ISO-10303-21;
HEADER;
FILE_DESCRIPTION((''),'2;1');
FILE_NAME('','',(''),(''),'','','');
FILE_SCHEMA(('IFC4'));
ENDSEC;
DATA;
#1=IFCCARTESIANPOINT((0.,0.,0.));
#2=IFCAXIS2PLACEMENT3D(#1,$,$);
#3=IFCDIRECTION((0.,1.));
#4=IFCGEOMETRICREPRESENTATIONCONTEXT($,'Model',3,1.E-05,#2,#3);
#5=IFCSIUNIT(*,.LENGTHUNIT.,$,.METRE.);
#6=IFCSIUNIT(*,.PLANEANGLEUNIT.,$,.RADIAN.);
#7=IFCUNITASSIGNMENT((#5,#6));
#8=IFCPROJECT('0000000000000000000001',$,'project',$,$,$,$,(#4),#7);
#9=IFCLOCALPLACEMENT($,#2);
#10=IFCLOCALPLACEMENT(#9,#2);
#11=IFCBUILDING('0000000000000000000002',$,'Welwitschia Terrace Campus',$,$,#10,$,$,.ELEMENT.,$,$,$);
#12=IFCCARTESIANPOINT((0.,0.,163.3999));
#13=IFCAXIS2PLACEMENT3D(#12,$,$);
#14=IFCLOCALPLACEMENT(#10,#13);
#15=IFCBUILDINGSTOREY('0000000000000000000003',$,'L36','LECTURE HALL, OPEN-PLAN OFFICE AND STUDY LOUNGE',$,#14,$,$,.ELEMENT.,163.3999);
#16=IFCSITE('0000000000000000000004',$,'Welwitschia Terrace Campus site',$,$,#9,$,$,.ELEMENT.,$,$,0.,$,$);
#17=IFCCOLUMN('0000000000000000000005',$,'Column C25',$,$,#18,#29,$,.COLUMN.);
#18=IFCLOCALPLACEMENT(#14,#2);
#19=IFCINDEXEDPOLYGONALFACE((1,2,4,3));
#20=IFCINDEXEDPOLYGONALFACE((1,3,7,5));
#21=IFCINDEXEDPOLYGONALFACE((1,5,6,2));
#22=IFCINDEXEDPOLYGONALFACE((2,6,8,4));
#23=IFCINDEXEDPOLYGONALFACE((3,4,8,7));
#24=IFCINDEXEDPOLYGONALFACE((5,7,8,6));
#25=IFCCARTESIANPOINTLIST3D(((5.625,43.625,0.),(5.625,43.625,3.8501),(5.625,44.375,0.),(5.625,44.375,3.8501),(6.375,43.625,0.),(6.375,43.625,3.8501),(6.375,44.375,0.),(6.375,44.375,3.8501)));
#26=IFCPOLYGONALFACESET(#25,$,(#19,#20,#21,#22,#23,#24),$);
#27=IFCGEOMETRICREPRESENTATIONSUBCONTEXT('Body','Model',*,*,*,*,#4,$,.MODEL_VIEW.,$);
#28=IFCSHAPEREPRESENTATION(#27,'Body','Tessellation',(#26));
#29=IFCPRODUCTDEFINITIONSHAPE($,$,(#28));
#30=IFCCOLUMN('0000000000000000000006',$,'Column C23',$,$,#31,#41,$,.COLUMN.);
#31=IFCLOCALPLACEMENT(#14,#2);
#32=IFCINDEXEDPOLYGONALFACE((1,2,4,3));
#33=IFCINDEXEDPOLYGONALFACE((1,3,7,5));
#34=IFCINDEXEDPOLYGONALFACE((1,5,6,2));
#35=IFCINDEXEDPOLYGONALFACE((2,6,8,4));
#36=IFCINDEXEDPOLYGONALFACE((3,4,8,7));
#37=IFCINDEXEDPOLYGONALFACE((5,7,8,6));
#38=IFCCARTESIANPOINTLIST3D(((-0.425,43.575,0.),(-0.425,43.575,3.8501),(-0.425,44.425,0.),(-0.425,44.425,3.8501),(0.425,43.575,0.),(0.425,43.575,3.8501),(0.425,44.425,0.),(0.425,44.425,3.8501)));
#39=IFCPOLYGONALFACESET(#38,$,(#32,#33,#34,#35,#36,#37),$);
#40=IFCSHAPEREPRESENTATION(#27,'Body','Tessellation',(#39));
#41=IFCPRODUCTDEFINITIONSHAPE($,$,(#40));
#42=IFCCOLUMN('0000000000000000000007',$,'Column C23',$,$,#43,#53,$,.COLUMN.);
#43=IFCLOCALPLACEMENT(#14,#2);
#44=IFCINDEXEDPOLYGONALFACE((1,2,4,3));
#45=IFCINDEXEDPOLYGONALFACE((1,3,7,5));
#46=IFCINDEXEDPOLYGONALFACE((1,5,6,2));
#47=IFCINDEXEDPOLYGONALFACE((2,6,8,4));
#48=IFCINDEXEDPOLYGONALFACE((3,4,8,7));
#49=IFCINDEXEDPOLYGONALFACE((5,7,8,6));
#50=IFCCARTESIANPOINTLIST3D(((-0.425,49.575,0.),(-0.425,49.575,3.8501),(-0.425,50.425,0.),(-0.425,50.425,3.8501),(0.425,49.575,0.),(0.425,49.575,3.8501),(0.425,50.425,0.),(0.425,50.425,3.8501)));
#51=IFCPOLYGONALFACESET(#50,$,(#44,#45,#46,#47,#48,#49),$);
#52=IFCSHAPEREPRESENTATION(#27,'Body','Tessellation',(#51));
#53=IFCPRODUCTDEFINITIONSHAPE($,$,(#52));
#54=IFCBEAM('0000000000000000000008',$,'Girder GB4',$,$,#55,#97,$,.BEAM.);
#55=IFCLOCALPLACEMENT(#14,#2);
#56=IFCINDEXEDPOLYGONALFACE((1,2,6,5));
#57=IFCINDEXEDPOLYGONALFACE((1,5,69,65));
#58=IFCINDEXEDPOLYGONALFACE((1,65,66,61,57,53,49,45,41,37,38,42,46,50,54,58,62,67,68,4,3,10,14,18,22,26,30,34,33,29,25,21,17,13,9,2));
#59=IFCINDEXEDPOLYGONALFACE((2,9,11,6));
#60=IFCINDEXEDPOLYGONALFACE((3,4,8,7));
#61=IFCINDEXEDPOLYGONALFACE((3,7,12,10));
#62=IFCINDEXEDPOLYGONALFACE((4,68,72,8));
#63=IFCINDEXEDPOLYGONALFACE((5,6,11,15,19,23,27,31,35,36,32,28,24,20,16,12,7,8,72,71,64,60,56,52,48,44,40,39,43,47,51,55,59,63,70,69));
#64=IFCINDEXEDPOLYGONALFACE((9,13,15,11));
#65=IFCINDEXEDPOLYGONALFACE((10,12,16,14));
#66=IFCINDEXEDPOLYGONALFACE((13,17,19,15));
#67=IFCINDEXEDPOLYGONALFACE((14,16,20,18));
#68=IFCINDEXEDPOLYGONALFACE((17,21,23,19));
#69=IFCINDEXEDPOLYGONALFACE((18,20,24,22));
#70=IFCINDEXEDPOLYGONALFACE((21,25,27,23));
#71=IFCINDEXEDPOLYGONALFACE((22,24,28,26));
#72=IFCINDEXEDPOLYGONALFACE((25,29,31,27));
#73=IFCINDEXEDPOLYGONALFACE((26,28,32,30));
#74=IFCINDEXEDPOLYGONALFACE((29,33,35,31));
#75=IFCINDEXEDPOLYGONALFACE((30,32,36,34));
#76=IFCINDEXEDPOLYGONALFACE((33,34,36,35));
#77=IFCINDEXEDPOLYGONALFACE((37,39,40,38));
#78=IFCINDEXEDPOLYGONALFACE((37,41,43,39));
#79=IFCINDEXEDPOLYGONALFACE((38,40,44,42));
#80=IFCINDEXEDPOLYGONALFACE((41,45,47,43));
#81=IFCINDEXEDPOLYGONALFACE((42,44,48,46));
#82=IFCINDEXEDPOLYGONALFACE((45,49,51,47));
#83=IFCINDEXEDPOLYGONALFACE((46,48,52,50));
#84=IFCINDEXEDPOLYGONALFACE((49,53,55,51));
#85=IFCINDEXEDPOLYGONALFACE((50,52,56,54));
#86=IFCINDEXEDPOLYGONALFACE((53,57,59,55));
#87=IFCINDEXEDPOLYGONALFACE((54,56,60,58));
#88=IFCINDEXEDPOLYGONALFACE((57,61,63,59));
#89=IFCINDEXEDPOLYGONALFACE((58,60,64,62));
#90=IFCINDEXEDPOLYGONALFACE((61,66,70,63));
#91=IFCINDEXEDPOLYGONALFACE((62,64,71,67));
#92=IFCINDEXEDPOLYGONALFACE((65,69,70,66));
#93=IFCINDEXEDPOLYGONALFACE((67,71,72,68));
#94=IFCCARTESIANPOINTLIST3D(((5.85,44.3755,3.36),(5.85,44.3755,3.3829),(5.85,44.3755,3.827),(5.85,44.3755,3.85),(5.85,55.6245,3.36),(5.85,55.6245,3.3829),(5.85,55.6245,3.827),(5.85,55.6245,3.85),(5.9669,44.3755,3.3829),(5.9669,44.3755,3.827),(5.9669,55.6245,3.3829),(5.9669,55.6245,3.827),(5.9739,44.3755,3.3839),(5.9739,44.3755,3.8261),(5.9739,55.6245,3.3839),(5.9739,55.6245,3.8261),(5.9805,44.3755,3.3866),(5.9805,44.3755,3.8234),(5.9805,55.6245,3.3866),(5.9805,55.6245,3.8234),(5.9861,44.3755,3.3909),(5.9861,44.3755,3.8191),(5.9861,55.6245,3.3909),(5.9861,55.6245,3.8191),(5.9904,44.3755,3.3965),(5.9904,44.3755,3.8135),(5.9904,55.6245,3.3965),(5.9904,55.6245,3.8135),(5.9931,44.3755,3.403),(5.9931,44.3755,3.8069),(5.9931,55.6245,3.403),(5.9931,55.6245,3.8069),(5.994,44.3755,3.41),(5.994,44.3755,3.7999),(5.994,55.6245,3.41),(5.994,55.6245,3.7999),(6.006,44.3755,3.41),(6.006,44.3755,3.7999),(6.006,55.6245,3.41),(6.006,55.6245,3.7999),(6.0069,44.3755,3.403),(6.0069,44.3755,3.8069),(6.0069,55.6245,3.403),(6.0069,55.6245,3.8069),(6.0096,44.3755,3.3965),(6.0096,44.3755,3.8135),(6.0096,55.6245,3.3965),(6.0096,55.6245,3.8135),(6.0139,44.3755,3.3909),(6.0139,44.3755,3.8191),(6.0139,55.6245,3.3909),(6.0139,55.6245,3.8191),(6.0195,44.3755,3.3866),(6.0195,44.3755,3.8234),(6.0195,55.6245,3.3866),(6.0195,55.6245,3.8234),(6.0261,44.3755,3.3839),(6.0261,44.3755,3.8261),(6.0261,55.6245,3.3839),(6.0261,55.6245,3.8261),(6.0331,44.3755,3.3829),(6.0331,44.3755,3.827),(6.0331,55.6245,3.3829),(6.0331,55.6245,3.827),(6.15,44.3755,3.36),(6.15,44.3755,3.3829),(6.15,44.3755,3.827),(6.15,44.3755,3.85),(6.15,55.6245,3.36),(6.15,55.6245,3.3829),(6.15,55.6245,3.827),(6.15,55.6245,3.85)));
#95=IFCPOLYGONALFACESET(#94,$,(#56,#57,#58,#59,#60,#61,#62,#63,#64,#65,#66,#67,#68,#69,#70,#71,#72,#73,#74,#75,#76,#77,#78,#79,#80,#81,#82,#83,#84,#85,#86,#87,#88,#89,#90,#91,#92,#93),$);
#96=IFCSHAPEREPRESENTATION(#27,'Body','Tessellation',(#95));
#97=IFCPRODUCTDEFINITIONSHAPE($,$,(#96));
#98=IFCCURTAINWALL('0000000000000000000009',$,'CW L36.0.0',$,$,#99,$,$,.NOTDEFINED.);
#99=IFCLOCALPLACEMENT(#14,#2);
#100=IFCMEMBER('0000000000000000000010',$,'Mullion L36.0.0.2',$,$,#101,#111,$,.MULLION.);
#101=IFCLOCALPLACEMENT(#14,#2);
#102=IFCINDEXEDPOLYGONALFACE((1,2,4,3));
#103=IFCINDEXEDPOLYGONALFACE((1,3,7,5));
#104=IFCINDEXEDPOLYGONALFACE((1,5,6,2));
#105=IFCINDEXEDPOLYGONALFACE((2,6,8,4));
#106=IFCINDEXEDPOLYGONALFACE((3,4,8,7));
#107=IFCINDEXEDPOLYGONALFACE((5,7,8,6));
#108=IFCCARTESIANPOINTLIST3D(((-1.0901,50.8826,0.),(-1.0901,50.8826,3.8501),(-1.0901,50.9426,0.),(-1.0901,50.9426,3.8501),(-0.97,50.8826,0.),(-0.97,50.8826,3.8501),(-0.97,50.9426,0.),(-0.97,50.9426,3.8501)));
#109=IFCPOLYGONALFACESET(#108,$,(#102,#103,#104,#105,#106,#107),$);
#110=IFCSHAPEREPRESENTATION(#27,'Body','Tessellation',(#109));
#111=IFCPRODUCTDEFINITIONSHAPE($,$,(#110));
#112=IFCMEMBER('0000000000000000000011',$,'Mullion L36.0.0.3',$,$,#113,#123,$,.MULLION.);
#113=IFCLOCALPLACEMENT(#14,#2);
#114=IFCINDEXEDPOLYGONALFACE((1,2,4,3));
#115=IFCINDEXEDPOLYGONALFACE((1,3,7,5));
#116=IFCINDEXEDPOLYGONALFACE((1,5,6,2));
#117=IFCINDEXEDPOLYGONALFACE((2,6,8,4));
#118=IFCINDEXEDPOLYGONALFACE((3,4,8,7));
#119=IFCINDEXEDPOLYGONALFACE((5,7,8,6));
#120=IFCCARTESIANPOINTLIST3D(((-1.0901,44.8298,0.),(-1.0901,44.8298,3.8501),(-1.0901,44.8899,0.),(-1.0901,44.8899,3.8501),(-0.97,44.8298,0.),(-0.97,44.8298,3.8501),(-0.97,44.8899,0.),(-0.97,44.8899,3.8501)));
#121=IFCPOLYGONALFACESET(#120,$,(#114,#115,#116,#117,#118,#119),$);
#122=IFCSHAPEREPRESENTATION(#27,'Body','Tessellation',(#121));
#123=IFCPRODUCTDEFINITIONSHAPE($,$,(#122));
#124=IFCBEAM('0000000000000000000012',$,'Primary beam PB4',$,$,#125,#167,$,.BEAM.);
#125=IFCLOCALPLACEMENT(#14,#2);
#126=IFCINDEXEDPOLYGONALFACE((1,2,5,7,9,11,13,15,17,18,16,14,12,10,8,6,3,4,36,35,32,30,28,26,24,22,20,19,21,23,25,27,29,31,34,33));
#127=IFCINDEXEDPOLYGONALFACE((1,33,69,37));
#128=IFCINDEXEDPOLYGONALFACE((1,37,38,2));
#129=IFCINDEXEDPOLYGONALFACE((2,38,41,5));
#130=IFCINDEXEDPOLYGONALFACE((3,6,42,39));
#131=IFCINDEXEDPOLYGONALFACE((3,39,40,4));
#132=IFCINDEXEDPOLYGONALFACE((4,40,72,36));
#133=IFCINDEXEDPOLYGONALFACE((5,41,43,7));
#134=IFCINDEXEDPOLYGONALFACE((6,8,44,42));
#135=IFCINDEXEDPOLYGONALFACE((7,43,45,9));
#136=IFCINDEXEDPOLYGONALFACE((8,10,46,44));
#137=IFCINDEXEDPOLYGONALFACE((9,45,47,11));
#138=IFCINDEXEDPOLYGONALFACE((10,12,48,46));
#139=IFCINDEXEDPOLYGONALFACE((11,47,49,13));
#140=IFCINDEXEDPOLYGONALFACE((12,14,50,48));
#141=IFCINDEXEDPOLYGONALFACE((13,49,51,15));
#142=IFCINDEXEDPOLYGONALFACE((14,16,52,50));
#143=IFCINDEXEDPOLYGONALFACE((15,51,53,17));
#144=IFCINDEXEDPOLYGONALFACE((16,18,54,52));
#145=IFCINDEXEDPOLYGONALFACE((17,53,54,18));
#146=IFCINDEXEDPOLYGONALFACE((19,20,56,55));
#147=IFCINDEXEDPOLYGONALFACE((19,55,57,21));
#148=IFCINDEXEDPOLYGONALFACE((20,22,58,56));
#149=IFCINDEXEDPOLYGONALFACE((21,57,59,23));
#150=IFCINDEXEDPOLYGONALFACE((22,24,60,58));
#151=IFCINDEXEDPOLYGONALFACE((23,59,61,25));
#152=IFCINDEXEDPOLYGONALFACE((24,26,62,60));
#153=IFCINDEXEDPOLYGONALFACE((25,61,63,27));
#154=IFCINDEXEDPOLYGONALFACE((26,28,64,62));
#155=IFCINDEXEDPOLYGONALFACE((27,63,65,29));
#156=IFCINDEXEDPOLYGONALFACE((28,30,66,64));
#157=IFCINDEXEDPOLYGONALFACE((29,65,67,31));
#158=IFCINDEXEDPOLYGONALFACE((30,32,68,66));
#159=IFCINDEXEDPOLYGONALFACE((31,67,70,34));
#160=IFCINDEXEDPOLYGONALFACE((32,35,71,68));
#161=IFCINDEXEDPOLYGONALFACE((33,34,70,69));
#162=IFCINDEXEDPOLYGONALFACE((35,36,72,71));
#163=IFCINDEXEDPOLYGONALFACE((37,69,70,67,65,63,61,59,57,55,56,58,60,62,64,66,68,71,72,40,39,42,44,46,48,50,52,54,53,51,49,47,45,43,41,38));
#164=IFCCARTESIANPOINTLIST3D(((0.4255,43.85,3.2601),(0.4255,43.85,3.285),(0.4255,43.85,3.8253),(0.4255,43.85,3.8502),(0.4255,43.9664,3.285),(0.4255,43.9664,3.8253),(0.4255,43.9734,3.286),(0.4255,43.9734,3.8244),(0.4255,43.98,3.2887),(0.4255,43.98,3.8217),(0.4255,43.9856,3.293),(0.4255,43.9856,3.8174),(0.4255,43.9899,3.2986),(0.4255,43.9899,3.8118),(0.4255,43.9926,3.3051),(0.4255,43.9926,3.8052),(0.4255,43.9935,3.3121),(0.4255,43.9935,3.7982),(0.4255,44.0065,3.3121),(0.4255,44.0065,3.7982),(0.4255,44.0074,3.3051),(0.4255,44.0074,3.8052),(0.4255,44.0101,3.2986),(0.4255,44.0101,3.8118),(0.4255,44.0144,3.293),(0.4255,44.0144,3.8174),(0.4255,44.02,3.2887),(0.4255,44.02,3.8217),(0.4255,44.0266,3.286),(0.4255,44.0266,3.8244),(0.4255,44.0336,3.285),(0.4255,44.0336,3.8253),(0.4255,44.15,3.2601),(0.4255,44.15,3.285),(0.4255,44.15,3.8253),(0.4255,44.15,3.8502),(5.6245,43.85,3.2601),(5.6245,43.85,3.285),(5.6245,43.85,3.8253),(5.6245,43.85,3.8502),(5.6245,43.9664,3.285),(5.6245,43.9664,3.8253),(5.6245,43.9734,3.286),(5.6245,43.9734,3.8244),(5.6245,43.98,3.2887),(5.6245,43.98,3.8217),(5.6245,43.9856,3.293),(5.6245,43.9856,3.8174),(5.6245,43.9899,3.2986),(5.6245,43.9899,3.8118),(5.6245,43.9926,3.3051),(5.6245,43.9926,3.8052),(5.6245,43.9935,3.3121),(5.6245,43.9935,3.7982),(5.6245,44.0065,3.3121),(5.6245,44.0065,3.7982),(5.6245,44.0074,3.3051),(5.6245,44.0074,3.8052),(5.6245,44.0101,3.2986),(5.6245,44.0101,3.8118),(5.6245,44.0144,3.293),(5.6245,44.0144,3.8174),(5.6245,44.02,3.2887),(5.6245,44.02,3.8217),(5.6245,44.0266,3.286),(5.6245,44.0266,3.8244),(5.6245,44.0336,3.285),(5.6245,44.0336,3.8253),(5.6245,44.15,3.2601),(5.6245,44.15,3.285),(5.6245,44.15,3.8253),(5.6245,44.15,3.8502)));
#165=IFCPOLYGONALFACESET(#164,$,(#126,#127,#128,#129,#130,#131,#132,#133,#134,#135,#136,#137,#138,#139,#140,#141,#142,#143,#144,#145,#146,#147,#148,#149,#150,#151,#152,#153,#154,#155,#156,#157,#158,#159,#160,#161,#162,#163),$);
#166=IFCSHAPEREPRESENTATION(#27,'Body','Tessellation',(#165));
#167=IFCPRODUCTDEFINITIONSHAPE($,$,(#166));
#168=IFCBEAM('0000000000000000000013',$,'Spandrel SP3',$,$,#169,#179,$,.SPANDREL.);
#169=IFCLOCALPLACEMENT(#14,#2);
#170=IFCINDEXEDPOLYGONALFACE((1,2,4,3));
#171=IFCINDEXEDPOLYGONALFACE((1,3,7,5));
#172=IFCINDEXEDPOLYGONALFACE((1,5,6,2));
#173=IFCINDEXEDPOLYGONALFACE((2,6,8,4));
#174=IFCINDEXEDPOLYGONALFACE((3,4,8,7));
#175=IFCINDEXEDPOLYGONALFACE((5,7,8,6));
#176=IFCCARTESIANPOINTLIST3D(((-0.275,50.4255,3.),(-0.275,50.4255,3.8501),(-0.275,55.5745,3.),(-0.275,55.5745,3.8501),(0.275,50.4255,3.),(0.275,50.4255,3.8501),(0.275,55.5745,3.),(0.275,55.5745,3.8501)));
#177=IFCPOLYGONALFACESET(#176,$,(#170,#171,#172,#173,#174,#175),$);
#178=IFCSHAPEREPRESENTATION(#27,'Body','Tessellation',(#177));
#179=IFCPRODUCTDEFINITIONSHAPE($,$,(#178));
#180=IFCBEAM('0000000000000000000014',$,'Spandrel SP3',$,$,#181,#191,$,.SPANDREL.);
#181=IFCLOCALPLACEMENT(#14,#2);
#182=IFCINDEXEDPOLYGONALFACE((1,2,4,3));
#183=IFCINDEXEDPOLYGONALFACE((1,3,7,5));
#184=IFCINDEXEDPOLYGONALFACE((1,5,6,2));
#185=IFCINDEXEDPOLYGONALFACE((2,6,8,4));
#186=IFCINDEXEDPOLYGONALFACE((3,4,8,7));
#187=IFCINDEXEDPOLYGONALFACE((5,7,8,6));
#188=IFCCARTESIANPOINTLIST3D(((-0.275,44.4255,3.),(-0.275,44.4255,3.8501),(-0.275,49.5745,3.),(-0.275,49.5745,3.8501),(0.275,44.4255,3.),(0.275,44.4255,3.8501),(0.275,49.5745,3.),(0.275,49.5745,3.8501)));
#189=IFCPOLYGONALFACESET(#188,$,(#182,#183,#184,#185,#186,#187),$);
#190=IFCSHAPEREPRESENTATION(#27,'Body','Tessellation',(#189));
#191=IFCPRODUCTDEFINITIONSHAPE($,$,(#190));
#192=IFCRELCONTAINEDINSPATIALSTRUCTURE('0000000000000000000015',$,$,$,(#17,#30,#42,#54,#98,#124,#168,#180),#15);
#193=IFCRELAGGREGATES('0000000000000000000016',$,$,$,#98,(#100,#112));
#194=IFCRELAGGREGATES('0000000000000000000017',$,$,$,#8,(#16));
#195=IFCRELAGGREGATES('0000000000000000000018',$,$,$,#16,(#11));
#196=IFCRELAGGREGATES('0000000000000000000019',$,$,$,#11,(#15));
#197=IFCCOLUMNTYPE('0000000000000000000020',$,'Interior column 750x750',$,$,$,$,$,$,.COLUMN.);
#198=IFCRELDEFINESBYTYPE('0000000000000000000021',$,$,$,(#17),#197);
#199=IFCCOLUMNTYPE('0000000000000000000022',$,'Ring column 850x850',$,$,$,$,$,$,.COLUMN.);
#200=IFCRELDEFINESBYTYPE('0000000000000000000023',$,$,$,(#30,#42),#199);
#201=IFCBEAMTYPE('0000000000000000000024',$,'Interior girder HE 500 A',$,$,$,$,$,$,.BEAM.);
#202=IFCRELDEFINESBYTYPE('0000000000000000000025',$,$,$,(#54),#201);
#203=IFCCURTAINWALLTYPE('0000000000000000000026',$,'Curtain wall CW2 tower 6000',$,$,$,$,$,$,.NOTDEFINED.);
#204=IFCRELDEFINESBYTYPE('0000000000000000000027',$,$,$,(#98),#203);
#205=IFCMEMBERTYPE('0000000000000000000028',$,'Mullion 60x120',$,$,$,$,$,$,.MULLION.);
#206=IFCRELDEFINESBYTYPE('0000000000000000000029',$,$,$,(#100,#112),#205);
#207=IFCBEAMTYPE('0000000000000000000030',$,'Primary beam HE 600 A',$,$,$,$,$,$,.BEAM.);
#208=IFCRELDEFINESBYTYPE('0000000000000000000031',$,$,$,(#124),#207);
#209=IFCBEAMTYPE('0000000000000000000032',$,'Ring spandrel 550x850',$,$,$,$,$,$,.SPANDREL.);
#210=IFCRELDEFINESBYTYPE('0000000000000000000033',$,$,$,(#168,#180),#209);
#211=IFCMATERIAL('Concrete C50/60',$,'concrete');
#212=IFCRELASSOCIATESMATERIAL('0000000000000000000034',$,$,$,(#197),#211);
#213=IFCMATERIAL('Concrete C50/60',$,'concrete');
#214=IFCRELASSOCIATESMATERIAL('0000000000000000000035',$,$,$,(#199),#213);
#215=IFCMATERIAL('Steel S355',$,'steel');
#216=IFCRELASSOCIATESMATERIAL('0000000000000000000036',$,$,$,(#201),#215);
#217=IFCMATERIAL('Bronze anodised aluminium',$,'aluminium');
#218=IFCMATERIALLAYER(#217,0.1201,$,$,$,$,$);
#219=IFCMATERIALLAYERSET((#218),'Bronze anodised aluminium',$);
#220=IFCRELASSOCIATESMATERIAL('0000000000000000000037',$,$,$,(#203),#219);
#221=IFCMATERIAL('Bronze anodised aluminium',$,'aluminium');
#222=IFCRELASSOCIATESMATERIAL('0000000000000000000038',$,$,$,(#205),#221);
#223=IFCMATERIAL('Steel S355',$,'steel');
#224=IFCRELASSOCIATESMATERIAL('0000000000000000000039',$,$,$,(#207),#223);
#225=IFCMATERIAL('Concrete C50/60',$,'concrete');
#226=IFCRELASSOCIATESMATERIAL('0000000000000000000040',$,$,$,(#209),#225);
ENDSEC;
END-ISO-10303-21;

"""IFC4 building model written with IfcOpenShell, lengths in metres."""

from ifc_helpers import new_model, si_unit, direction, frame, origin, origin_2d, place, context, subcontext, project, spatial, rectangle, i_section, extrude, material, layer, layer_set, material_profile, profile_set, type_object, element, aggregate, save


model = new_model("IFC4")

# Units and contexts
model_context = context("Model", 3, precision=1e-05, world=origin(), true_north=direction((0.0, 1.0)))
body_context = subcontext(model_context, "Body", "Model", "MODEL_VIEW")
ifc_project = project(units=[si_unit("LENGTHUNIT", "METRE"), si_unit("PLANEANGLEUNIT", "RADIAN")], contexts=[model_context])

# Site, building, storey
site_placement = place(None, origin())
site = spatial("IfcSite", under=ifc_project, at=site_placement, Name="Welwitschia Terrace Campus site", CompositionType="ELEMENT", RefElevation=0.0)
building_placement = place(site_placement, origin())
building = spatial("IfcBuilding", under=site, at=building_placement, Name="Welwitschia Terrace Campus", CompositionType="ELEMENT")
storey_placement = place(building_placement, frame((0.0, 0.0, 163.3999)))
storey = spatial("IfcBuildingStorey", under=building, at=storey_placement, Name="L36", Description="LECTURE HALL, OPEN-PLAN OFFICE AND STUDY LOUNGE", CompositionType="ELEMENT", Elevation=163.3999)

# Columns
ifc_material_1 = material(Name="Concrete C50/60", Category="concrete")
ifc_material_profile_1 = material_profile(ifc_material_1, rectangle(XDim=0.75, YDim=0.75, at=origin_2d()))
ifc_profile_set_1 = profile_set([ifc_material_profile_1], Name="Concrete C50/60")
column_type_1 = type_object("IfcColumnType", Name="Interior column 750x750", PredefinedType="COLUMN", material=ifc_profile_set_1)
column_placement = place(storey_placement, frame((6.0, 44.0, 0.0), z_axis=(0.0, 0.0, 1.0), x_axis=(1.0, 0.0, 0.0)))
element("IfcColumn", 1, at=column_placement, inside=storey, type_object=column_type_1, Name="Column C25", PredefinedType="COLUMN", context=body_context, shape_type="SweptSolid", body=[
    extrude(rectangle(XDim=0.75, YDim=0.75, at=origin_2d()), origin(), (0.0, 0.0, 1.0), 3.8501),
])
ifc_material_2 = material(Name="Concrete C50/60", Category="concrete")
ifc_material_profile_2 = material_profile(ifc_material_2, rectangle(XDim=0.8501, YDim=0.8501, at=origin_2d()))
ifc_profile_set_2 = profile_set([ifc_material_profile_2], Name="Concrete C50/60")
column_type_2 = type_object("IfcColumnType", Name="Ring column 850x850", PredefinedType="COLUMN", material=ifc_profile_set_2)
for number, where, z_axis, x_axis, name in (
    (2, (0.0, 44.0, 0.0), (0.0, 0.0, 1.0), (1.0, 0.0, 0.0), "Column C23"),
    (3, (0.0, 50.0, 0.0), (0.0, 0.0, 1.0), (1.0, 0.0, 0.0), "Column C23"),
):
    element("IfcColumn", number, at=place(storey_placement, frame(where, z_axis=z_axis, x_axis=x_axis)), inside=storey, type_object=column_type_2, Name=name, PredefinedType="COLUMN", context=body_context, shape_type="SweptSolid", body=[
        extrude(rectangle(XDim=0.8501, YDim=0.8501, at=origin_2d()), origin(), (0.0, 0.0, 1.0), 3.8501),
    ])

# Beam
ifc_material_3 = material(Name="Steel S355", Category="steel")
ifc_material_profile_3 = material_profile(ifc_material_3, i_section(OverallWidth=0.3, OverallDepth=0.49, WebThickness=0.012, FlangeThickness=0.0229, FilletRadius=0.0271, at=origin_2d()))
ifc_profile_set_3 = profile_set([ifc_material_profile_3], Name="Steel S355")
beam_type_1 = type_object("IfcBeamType", Name="Interior girder HE 500 A", PredefinedType="BEAM", material=ifc_profile_set_3)
beam_1_placement = place(storey_placement, frame((6.0, 44.3755, 3.605), z_axis=(0.0, 1.0, 0.0), x_axis=(-1.0, 0.0, 0.0)))
element("IfcBeam", 4, at=beam_1_placement, inside=storey, type_object=beam_type_1, Name="Girder GB4", PredefinedType="BEAM", context=body_context, shape_type="SweptSolid", body=[
    extrude(i_section(OverallWidth=0.3, OverallDepth=0.49, WebThickness=0.012, FlangeThickness=0.0229, FilletRadius=0.0271, at=origin_2d()), origin(), (0.0, 0.0, 1.0), 11.249),
])

# Curtain wall, members
ifc_material_4 = material(Name="Bronze anodised aluminium", Category="aluminium")
ifc_layer_1 = layer(ifc_material_4, 0.1201)
ifc_layer_set_1 = layer_set([ifc_layer_1], Name="Bronze anodised aluminium")
curtain_wall_type = type_object("IfcCurtainWallType", Name="Curtain wall CW2 tower 6000", PredefinedType="NOTDEFINED", material=ifc_layer_set_1)
curtain_wall_placement = place(storey_placement, origin())
curtain_wall = element("IfcCurtainWall", 5, at=curtain_wall_placement, inside=storey, type_object=curtain_wall_type, Name="CW L36.0.0", PredefinedType="NOTDEFINED")
ifc_material_5 = material(Name="Bronze anodised aluminium", Category="aluminium")
ifc_material_profile_4 = material_profile(ifc_material_5, rectangle(XDim=0.1201, YDim=0.0601, at=origin_2d()))
ifc_profile_set_4 = profile_set([ifc_material_profile_4], Name="Bronze anodised aluminium")
member_type = type_object("IfcMemberType", Name="Mullion 60x120", PredefinedType="MULLION", material=ifc_profile_set_4)
member_1_placement = place(storey_placement, frame((-1.03, 50.9126, 0.0), z_axis=(0.0, 0.0, 1.0), x_axis=(1.0, 0.0, 0.0)))
member_1 = element("IfcMember", 6, at=member_1_placement, type_object=member_type, Name="Mullion L36.0.0.2", PredefinedType="MULLION", context=body_context, shape_type="SweptSolid", body=[
    extrude(rectangle(XDim=0.1201, YDim=0.0601, at=origin_2d()), origin(), (0.0, 0.0, 1.0), 3.8501),
])
member_2_placement = place(storey_placement, frame((-1.03, 44.8599, 0.0), z_axis=(0.0, 0.0, 1.0), x_axis=(1.0, 0.0, 0.0)))
member_2 = element("IfcMember", 7, at=member_2_placement, type_object=member_type, Name="Mullion L36.0.0.3", PredefinedType="MULLION", context=body_context, shape_type="SweptSolid", body=[
    extrude(rectangle(XDim=0.1201, YDim=0.0601, at=origin_2d()), origin(), (0.0, 0.0, 1.0), 3.8501),
])

# Beams
ifc_material_6 = material(Name="Steel S355", Category="steel")
ifc_material_profile_5 = material_profile(ifc_material_6, i_section(OverallWidth=0.3, OverallDepth=0.5901, WebThickness=0.0129, FlangeThickness=0.0249, FilletRadius=0.0271, at=origin_2d()))
ifc_profile_set_5 = profile_set([ifc_material_profile_5], Name="Steel S355")
beam_type_2 = type_object("IfcBeamType", Name="Primary beam HE 600 A", PredefinedType="BEAM", material=ifc_profile_set_5)
beam_2_placement = place(storey_placement, frame((0.4255, 44.0, 3.5552), z_axis=(1.0, 0.0, 0.0), x_axis=(0.0, 1.0, 0.0)))
element("IfcBeam", 8, at=beam_2_placement, inside=storey, type_object=beam_type_2, Name="Primary beam PB4", PredefinedType="BEAM", context=body_context, shape_type="SweptSolid", body=[
    extrude(i_section(OverallWidth=0.3, OverallDepth=0.5901, WebThickness=0.0129, FlangeThickness=0.0249, FilletRadius=0.0271, at=origin_2d()), origin(), (0.0, 0.0, 1.0), 5.199),
])
ifc_material_7 = material(Name="Concrete C50/60", Category="concrete")
ifc_material_profile_6 = material_profile(ifc_material_7, rectangle(XDim=0.55, YDim=0.8501, at=origin_2d()))
ifc_profile_set_6 = profile_set([ifc_material_profile_6], Name="Concrete C50/60")
beam_type_3 = type_object("IfcBeamType", Name="Ring spandrel 550x850", PredefinedType="SPANDREL", material=ifc_profile_set_6)
for number, where, z_axis, x_axis, name in (
    (9, (0.0, 55.5745, 3.425), (0.0, -1.0, 0.0), (1.0, 0.0, 0.0), "Spandrel SP3"),
    (10, (0.0, 49.5745, 3.425), (0.0, -1.0, 0.0), (1.0, 0.0, 0.0), "Spandrel SP3"),
):
    element("IfcBeam", number, at=place(storey_placement, frame(where, z_axis=z_axis, x_axis=x_axis)), inside=storey, type_object=beam_type_3, Name=name, PredefinedType="SPANDREL", context=body_context, shape_type="SweptSolid", body=[
        extrude(rectangle(XDim=0.55, YDim=0.8501, at=origin_2d()), origin(), (0.0, 0.0, 1.0), 5.1489),
    ])

aggregate(curtain_wall, [member_1, member_2])

save(model, "model.ifc")
